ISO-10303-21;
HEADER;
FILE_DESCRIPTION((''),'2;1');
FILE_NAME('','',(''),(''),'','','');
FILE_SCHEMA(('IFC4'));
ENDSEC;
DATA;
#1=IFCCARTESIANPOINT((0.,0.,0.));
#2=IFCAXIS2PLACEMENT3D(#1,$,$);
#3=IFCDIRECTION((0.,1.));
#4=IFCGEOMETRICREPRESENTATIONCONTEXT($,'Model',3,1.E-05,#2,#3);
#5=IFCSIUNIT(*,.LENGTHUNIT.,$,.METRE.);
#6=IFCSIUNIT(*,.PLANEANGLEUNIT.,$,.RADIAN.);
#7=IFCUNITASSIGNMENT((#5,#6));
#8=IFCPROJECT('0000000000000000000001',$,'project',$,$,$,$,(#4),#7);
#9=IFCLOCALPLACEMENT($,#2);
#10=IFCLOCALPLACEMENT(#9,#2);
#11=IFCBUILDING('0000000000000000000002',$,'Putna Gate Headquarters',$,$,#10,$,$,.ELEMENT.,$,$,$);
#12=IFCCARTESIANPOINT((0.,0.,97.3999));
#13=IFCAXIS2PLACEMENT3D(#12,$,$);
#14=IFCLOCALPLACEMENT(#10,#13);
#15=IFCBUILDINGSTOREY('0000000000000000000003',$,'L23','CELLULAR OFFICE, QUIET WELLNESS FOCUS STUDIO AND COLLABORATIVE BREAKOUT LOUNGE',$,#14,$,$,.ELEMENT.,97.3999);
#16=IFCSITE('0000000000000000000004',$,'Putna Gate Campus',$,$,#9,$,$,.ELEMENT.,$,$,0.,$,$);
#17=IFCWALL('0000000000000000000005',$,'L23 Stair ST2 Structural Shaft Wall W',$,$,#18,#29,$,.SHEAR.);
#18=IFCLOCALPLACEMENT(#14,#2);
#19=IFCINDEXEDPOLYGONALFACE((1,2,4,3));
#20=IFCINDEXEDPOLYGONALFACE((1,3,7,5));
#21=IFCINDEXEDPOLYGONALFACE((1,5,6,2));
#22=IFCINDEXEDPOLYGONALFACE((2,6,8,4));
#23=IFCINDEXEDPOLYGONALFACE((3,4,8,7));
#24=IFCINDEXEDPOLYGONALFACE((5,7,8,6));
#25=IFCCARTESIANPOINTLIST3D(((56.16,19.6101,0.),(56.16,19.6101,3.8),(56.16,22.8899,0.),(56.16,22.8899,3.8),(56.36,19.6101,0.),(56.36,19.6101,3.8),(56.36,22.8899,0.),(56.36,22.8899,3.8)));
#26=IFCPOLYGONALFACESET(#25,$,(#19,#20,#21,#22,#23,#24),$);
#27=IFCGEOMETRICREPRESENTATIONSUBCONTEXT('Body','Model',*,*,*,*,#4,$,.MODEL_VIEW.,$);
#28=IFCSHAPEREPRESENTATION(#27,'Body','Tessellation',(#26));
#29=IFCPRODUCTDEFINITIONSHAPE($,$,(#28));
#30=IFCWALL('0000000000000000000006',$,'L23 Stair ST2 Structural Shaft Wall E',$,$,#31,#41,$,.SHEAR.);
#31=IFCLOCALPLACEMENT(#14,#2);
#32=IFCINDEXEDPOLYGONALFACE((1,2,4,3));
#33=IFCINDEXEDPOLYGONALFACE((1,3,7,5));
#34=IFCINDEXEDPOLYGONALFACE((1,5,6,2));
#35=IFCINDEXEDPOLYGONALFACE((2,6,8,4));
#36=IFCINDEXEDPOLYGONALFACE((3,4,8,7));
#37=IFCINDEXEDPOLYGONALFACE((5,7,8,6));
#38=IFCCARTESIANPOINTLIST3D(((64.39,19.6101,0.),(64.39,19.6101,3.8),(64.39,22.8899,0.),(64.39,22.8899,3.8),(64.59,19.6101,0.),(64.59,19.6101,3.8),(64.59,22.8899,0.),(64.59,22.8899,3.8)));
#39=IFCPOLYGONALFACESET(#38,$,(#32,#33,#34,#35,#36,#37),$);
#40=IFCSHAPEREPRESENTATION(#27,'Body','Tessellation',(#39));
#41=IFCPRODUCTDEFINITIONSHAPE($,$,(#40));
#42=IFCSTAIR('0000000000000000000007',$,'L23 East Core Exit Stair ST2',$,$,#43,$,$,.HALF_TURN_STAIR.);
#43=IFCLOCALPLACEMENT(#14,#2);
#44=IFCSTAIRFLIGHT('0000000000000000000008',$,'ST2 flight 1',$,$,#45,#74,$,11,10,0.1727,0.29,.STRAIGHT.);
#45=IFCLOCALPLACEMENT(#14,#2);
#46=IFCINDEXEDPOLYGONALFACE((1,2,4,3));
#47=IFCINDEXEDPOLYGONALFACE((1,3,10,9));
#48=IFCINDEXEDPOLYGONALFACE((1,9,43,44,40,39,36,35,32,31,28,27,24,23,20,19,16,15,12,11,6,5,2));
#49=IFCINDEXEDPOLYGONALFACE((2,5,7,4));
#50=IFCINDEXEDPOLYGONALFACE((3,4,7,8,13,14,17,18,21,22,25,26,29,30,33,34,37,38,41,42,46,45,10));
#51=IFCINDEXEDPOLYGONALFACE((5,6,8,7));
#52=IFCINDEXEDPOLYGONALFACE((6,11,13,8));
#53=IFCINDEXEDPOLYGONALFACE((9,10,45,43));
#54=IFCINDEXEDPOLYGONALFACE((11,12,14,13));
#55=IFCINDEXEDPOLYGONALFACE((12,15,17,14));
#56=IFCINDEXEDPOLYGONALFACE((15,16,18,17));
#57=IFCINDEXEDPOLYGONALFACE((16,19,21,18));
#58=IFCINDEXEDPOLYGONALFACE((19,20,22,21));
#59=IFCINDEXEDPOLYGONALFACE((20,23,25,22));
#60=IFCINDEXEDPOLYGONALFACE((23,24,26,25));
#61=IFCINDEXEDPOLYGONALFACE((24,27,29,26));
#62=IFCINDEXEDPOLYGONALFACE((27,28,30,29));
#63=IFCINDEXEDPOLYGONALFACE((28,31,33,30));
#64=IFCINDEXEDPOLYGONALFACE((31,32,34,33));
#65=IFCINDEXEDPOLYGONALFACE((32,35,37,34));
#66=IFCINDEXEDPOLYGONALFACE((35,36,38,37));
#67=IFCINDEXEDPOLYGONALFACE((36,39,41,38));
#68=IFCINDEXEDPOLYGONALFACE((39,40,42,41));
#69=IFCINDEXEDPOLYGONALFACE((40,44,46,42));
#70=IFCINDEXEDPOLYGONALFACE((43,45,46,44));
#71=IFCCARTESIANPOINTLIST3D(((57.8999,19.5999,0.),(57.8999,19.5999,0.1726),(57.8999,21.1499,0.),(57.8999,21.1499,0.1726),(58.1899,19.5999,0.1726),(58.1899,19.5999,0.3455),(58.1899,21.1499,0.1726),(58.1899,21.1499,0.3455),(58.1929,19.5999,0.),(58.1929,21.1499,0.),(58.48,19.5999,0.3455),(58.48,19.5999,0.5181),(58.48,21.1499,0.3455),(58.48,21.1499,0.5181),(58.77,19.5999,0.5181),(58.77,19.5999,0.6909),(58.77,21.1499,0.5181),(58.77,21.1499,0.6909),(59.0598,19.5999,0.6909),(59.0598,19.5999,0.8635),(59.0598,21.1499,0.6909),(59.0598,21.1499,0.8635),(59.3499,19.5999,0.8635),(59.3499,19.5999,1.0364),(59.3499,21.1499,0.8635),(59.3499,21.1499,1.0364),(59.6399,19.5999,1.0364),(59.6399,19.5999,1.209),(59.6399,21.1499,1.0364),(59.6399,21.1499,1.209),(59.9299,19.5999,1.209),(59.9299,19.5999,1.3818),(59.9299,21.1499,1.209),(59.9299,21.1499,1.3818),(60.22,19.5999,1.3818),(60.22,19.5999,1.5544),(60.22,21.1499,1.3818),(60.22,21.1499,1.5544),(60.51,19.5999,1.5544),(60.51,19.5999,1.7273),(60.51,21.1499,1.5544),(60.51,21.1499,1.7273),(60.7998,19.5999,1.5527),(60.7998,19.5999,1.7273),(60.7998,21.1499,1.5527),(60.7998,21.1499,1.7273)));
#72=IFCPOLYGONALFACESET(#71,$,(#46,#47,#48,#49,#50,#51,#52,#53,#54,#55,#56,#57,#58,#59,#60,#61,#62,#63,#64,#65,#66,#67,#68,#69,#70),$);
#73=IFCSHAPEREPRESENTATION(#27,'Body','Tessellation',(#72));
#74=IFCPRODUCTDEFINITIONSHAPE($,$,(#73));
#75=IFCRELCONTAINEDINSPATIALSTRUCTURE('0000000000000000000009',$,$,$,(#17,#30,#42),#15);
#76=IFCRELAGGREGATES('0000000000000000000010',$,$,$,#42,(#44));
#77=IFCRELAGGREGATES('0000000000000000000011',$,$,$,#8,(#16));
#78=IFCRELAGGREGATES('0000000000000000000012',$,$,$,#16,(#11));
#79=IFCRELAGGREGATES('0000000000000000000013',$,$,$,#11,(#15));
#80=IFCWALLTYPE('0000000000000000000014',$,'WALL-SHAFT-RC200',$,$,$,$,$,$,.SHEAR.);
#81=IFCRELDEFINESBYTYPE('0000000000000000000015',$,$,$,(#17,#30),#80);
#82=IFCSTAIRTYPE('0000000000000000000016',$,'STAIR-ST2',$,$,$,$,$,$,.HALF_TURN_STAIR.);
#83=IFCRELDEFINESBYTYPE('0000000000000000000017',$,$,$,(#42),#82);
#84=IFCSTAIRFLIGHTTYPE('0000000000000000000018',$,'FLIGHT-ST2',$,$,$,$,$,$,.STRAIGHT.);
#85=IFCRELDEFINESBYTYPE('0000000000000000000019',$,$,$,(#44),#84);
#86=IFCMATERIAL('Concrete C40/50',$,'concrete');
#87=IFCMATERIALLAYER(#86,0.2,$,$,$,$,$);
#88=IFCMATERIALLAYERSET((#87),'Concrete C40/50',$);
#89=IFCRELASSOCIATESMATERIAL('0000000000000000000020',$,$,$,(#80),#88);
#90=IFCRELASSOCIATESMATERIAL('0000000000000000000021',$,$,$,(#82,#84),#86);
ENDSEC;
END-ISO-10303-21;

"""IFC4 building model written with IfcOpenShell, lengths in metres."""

from ifc_helpers import new_model, si_unit, direction, frame, frame_2d, origin, place, context, subcontext, project, spatial, polyline, rectangle, outline, extrude, material, layer, layer_set, type_object, element, aggregate, save


model = new_model("IFC4")

# Units and contexts
model_context = context("Model", 3, precision=1e-05, world=origin(), true_north=direction((0.0, 1.0)))
body_context = subcontext(model_context, "Body", "Model", "MODEL_VIEW")
ifc_project = project(units=[si_unit("LENGTHUNIT", "METRE"), si_unit("PLANEANGLEUNIT", "RADIAN")], contexts=[model_context])

# Site, building, storey
site_placement = place(None, origin())
site = spatial("IfcSite", under=ifc_project, at=site_placement, Name="Putna Gate Campus", CompositionType="ELEMENT", RefElevation=0.0)
building_placement = place(site_placement, origin())
building = spatial("IfcBuilding", under=site, at=building_placement, Name="Putna Gate Headquarters", CompositionType="ELEMENT")
storey_placement = place(building_placement, frame((0.0, 0.0, 97.3999)))
storey = spatial("IfcBuildingStorey", under=building, at=storey_placement, Name="L23", Description="CELLULAR OFFICE, QUIET WELLNESS FOCUS STUDIO AND COLLABORATIVE BREAKOUT LOUNGE", CompositionType="ELEMENT", Elevation=97.3999)

# Walls
ifc_material_1 = material(Name="Concrete C40/50", Category="concrete")
ifc_layer_1 = layer(ifc_material_1, 0.2)
ifc_layer_set_1 = layer_set([ifc_layer_1], Name="Concrete C40/50")
wall_type_1 = type_object("IfcWallType", Name="WALL-SHAFT-RC200", PredefinedType="SHEAR", material=ifc_layer_set_1)
for number, where, z_axis, x_axis, name in (
    (1, (56.26, 19.6101, 0.0), (0.0, 0.0, 1.0), (0.0, 1.0, 0.0), "L23 Stair ST2 Structural Shaft Wall W"),
    (2, (64.49, 19.6101, 0.0), (0.0, 0.0, 1.0), (0.0, 1.0, 0.0), "L23 Stair ST2 Structural Shaft Wall E"),
):
    element("IfcWall", number, at=place(storey_placement, frame(where, z_axis=z_axis, x_axis=x_axis)), inside=storey, type_object=wall_type_1, Name=name, PredefinedType="SHEAR", context=body_context, shape_type="SweptSolid", body=[
        extrude(rectangle(XDim=3.2798, YDim=0.2, at=frame_2d((1.6399, 0.0))), origin(), (0.0, 0.0, 1.0), 3.8),
    ])

# Stair, stair flight
stair_type = type_object("IfcStairType", Name="STAIR-ST2", PredefinedType="HALF_TURN_STAIR", material=ifc_material_1)
stair_placement = place(storey_placement, origin())
stair = element("IfcStair", 3, at=stair_placement, inside=storey, type_object=stair_type, Name="L23 East Core Exit Stair ST2", PredefinedType="HALF_TURN_STAIR")
stair_flight_type = type_object("IfcStairFlightType", Name="FLIGHT-ST2", PredefinedType="STRAIGHT", material=ifc_material_1)
stair_flight_placement = place(storey_placement, frame((57.8999, 20.375, 0.0), z_axis=(0.0, 0.0, 1.0), x_axis=(1.0, 0.0, 0.0)))
stair_flight = element("IfcStairFlight", 4, at=stair_flight_placement, type_object=stair_flight_type, Name="ST2 flight 1", NumberOfRisers=11, NumberOfTreads=10, PredefinedType="STRAIGHT", RiserHeight=0.1727, TreadLength=0.29, context=body_context, shape_type="SweptSolid", body=[
    extrude(outline(polyline([(0.0, 0.0), (0.0, 0.1726), (0.29, 0.1726), (0.29, 0.3455), (0.5801, 0.3455), (0.5801, 0.5181), (0.8701, 0.5181), (0.8701, 0.6909), (1.1599, 0.6909), (1.1599, 0.8635), (1.45, 0.8635), (1.45, 1.0364), (1.74, 1.0364), (1.74, 1.209), (2.03, 1.209), (2.03, 1.3818), (2.3201, 1.3818), (2.3201, 1.5544), (2.6101, 1.5544), (2.6101, 1.7273), (2.8999, 1.7273), (2.8999, 1.8999), (2.8999, 1.5527), (0.293, 0.0), (0.0, 0.0)])), frame((0.0, 0.7749, 0.0), z_axis=(0.0, -1.0, 0.0), x_axis=(1.0, 0.0, 0.0)), (0.0, 0.0, 1.0), 1.55),
])
aggregate(stair, [stair_flight])

save(model, "model.ifc")
